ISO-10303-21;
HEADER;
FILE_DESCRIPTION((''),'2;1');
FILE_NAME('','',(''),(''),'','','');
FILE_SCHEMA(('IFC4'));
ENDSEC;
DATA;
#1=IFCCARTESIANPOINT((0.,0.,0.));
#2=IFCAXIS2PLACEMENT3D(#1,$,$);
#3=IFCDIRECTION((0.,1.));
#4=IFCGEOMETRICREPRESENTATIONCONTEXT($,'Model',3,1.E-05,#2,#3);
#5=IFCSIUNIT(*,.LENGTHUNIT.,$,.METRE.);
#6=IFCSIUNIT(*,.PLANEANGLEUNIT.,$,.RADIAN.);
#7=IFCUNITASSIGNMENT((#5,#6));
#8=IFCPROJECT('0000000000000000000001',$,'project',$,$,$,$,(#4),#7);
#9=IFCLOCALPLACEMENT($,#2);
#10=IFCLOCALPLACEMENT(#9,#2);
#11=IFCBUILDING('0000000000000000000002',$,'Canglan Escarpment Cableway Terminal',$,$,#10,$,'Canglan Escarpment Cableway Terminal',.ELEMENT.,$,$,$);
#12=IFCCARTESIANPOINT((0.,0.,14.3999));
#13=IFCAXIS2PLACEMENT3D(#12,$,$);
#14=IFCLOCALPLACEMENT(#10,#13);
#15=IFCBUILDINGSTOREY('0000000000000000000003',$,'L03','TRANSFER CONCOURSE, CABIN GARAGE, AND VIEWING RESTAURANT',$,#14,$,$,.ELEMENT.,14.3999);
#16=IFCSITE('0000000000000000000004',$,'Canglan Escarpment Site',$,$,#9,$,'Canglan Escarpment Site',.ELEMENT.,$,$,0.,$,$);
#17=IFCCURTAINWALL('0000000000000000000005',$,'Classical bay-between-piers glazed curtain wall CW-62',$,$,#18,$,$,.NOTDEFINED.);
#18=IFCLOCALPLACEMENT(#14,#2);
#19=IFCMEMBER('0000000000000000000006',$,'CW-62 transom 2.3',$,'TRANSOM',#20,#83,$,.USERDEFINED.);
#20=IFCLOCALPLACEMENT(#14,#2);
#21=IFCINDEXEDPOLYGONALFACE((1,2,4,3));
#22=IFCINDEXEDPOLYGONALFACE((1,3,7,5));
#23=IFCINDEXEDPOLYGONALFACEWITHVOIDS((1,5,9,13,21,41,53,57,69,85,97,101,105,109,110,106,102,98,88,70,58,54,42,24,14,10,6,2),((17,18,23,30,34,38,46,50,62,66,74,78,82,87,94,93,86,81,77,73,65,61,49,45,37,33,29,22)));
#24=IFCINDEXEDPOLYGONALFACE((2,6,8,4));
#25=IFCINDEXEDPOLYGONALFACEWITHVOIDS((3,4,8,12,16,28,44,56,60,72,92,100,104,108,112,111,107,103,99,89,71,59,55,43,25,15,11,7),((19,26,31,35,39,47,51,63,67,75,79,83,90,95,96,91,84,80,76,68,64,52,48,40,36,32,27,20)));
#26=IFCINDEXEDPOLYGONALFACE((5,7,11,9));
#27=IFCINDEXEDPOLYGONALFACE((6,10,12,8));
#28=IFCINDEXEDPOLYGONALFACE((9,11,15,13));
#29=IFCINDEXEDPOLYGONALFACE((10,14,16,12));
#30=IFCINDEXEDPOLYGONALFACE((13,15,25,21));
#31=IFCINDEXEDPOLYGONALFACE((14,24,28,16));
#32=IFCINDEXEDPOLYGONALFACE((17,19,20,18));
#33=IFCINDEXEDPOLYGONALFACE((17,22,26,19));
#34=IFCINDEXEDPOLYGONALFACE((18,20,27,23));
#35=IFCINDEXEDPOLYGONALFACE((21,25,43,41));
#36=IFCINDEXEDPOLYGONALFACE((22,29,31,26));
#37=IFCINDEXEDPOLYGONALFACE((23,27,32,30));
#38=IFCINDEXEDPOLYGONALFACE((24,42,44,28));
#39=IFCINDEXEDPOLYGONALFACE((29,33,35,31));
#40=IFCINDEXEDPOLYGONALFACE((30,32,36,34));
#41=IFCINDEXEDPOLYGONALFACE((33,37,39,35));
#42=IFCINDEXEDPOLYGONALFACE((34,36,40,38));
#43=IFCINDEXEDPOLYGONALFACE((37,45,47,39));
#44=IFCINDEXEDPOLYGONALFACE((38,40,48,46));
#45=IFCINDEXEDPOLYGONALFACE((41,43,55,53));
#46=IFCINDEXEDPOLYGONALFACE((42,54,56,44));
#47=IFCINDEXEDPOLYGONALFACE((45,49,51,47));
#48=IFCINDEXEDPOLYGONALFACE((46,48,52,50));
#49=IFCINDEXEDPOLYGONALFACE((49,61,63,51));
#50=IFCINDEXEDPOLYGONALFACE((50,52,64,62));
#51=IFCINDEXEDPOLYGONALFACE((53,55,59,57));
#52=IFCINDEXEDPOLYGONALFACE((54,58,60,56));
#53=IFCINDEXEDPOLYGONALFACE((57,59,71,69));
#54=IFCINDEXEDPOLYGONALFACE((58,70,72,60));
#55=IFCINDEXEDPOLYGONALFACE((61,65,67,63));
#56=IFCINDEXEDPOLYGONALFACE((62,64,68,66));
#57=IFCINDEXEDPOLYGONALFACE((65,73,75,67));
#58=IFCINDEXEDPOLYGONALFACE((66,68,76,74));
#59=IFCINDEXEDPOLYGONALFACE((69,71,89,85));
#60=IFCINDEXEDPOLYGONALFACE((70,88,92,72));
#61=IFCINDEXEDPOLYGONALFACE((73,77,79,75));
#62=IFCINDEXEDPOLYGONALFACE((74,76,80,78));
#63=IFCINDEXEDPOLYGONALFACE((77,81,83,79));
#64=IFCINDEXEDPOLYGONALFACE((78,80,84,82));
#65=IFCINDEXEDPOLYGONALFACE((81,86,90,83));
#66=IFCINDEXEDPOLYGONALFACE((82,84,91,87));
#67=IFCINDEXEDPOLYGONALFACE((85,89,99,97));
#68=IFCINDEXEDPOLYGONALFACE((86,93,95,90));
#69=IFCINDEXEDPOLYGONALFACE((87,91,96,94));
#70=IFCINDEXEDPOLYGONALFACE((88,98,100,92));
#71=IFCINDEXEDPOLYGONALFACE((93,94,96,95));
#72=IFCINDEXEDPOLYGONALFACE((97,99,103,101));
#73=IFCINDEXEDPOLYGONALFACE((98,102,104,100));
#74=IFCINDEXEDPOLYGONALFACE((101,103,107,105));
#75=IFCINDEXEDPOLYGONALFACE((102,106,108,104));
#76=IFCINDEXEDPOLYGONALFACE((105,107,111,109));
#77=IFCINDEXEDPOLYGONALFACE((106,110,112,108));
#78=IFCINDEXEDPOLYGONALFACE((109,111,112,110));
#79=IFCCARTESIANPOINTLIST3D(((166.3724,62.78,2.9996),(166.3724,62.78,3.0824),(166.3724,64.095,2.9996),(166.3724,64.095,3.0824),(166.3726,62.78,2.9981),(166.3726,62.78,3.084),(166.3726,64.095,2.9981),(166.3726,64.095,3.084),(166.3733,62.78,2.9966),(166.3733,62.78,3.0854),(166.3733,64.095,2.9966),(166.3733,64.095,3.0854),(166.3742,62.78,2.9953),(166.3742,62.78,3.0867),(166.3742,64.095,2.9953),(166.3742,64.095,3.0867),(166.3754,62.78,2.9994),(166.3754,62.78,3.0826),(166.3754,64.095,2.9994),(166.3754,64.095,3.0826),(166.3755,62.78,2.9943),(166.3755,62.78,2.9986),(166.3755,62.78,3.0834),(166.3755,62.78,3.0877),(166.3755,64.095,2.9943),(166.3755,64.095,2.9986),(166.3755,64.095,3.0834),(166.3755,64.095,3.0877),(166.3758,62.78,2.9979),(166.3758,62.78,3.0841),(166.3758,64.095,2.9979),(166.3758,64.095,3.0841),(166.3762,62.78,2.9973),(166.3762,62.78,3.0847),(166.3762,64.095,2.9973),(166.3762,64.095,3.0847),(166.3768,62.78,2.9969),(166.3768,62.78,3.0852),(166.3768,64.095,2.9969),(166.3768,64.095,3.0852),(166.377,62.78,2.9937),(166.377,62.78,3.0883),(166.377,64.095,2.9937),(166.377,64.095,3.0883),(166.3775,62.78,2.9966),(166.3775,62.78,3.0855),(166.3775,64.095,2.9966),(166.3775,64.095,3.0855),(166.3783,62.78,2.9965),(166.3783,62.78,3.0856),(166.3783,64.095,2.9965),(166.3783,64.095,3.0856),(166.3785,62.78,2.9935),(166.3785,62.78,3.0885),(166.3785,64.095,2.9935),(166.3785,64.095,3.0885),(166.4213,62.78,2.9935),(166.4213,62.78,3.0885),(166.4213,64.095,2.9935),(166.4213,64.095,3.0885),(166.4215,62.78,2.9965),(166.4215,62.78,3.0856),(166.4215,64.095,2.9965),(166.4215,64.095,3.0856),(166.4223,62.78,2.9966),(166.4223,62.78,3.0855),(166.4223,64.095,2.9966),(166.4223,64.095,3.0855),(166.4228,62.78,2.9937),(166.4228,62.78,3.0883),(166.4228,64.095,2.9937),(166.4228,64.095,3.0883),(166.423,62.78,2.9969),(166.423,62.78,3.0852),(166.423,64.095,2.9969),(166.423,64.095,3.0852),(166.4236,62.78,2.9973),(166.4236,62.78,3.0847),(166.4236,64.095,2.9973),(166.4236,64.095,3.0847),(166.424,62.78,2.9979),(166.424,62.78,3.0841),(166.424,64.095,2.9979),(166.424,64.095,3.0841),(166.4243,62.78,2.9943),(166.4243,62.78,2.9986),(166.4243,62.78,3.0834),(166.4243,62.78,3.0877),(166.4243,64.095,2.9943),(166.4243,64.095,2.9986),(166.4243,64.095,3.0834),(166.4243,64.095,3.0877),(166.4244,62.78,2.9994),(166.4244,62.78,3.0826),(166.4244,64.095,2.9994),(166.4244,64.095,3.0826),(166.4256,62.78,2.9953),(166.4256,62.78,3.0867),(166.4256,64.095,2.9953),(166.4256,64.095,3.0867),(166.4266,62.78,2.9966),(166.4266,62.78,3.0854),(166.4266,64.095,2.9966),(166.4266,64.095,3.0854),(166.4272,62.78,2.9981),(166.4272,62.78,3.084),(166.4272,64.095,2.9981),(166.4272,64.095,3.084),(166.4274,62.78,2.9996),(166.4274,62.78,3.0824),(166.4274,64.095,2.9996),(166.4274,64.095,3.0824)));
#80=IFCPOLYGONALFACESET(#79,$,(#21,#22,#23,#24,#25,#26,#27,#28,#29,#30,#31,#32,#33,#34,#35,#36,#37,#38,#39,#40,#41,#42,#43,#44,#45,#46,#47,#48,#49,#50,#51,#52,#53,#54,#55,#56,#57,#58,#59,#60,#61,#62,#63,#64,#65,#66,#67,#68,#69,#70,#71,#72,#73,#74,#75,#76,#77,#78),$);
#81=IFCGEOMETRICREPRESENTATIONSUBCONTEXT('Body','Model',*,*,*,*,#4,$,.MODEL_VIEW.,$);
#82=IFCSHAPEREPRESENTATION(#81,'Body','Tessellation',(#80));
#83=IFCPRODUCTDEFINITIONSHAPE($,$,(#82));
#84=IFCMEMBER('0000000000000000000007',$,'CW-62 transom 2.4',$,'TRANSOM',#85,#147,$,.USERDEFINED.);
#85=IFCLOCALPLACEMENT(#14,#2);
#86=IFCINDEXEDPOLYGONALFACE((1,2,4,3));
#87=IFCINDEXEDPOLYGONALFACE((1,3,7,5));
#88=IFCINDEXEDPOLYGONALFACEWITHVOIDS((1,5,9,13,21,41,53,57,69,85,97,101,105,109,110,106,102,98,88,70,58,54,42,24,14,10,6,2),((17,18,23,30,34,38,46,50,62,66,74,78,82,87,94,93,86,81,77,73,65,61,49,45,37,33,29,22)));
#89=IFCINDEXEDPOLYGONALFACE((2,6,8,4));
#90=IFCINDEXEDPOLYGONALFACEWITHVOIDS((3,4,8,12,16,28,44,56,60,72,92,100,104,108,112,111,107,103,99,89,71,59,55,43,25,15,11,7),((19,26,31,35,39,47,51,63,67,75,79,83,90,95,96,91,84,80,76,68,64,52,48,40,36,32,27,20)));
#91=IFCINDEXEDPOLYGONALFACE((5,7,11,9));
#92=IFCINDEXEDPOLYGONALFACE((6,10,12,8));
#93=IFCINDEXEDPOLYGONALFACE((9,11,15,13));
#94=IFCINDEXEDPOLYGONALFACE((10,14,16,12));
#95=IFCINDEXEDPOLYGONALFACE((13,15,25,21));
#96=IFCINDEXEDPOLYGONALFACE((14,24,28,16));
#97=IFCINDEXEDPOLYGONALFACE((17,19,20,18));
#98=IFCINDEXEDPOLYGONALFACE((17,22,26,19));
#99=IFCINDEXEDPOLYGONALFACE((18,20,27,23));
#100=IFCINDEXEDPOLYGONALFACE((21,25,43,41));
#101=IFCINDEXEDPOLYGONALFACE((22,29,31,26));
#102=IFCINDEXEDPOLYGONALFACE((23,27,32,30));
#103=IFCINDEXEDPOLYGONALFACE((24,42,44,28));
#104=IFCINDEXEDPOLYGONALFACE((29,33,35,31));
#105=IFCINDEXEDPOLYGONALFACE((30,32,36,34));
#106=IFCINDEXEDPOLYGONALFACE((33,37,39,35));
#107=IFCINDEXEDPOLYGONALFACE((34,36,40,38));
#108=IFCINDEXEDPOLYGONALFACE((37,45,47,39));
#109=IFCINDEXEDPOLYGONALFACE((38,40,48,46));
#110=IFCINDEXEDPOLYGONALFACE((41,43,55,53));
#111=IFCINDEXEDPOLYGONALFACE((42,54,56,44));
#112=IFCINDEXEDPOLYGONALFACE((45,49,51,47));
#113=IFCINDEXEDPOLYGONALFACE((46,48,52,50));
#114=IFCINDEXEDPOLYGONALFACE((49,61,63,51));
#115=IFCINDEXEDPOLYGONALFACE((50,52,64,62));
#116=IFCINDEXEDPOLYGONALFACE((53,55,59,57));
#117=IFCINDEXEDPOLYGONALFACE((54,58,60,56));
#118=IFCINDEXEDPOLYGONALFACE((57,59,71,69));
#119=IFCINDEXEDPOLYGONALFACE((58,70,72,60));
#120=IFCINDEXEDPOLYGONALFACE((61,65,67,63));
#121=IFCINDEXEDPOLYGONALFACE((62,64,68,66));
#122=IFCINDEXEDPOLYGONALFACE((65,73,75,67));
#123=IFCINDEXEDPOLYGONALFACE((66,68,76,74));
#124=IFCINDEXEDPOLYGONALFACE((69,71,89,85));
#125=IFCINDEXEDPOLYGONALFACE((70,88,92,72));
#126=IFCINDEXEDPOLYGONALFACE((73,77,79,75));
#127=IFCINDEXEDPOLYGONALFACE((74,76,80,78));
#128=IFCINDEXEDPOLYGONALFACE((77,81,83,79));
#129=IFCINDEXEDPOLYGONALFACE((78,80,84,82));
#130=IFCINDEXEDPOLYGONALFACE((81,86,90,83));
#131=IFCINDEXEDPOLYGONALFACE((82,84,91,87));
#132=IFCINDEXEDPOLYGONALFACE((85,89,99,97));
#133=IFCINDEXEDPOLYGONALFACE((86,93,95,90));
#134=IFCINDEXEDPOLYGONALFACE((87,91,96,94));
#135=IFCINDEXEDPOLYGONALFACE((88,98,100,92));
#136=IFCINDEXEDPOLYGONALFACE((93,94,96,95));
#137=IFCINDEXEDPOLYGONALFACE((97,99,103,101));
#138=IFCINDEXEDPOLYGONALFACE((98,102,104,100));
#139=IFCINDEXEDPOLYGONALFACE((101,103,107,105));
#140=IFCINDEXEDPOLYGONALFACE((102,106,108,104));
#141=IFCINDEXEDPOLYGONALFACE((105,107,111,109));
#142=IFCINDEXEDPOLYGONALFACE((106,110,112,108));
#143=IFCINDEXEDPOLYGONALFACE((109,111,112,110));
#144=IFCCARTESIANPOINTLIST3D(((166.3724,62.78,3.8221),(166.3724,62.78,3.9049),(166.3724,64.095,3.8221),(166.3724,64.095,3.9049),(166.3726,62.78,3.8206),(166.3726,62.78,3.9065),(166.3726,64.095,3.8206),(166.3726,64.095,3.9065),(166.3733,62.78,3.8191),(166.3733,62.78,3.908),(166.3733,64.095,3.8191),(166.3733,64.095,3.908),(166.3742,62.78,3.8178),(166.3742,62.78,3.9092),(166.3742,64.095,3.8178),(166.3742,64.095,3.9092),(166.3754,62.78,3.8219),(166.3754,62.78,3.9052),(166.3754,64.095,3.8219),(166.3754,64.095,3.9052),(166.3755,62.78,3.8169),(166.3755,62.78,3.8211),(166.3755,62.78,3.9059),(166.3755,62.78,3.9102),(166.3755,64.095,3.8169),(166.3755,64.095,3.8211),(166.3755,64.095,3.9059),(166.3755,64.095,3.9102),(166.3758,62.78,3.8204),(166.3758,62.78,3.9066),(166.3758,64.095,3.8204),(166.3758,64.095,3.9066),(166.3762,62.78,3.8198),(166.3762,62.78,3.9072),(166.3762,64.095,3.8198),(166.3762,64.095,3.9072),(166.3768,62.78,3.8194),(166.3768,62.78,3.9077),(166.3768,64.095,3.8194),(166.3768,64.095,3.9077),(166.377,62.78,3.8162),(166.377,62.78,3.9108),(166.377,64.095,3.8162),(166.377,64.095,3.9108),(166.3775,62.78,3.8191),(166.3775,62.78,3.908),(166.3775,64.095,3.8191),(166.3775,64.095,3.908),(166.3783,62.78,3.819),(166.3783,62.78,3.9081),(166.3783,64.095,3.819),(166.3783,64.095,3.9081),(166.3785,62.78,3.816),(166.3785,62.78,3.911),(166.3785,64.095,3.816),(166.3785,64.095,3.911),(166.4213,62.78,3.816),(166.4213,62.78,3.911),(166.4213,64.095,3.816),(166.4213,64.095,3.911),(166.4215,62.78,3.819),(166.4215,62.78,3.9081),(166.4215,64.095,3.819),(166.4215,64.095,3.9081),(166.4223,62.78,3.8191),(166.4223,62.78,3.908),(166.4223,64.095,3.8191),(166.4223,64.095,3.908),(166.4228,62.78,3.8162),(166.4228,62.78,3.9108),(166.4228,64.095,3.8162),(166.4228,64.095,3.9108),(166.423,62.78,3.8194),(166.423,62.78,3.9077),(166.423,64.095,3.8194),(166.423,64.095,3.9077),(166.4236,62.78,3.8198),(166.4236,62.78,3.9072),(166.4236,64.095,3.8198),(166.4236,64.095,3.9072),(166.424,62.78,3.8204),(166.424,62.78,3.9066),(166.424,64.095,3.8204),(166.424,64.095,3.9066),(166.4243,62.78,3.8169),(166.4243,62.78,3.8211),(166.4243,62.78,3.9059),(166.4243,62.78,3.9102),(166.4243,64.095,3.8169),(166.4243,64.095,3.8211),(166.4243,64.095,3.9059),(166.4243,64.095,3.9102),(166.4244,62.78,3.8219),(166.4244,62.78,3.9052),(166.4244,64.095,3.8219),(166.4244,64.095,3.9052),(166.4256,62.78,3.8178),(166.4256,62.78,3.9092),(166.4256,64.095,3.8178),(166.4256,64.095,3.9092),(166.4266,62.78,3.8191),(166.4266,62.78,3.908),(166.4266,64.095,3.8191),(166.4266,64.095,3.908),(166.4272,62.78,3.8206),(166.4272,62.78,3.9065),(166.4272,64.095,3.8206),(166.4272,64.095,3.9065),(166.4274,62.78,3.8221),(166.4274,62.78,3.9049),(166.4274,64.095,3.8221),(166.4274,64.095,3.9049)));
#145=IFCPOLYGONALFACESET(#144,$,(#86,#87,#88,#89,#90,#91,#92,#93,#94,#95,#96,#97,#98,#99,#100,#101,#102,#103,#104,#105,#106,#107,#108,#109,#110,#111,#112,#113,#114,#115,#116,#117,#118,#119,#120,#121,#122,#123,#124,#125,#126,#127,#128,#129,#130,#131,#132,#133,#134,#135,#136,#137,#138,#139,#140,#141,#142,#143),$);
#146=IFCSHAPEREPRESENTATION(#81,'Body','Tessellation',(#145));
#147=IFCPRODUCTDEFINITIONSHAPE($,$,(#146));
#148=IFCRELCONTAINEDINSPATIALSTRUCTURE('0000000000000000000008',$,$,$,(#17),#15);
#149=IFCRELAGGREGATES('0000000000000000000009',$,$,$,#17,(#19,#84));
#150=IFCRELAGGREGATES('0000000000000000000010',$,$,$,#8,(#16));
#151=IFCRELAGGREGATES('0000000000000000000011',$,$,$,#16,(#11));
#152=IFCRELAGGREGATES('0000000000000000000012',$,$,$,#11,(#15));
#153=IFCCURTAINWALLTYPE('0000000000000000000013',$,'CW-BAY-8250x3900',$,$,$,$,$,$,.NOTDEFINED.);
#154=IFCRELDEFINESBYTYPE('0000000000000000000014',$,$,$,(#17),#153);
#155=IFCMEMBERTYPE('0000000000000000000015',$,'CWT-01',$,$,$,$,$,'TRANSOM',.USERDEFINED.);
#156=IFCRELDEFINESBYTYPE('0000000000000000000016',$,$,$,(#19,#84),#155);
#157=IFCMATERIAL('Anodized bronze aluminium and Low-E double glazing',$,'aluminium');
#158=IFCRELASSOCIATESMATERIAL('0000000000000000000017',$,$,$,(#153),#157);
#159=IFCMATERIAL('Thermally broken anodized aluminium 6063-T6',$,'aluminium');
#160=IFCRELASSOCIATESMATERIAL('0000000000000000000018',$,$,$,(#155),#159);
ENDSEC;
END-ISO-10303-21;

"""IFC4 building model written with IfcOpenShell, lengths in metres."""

from ifc_helpers import new_model, si_unit, direction, frame, origin, origin_2d, place, context, subcontext, project, spatial, hollow_rectangle, extrude, material, material_profile, profile_set, type_object, element, aggregate, save


model = new_model("IFC4")

# Units and contexts
model_context = context("Model", 3, precision=1e-05, world=origin(), true_north=direction((0.0, 1.0)))
body_context = subcontext(model_context, "Body", "Model", "MODEL_VIEW")
ifc_project = project(units=[si_unit("LENGTHUNIT", "METRE"), si_unit("PLANEANGLEUNIT", "RADIAN")], contexts=[model_context])

# Site, building, storey
site_placement = place(None, origin())
site = spatial("IfcSite", under=ifc_project, at=site_placement, Name="Canglan Escarpment Site", LongName="Canglan Escarpment Site", CompositionType="ELEMENT", RefElevation=0.0)
building_placement = place(site_placement, origin())
building = spatial("IfcBuilding", under=site, at=building_placement, Name="Canglan Escarpment Cableway Terminal", LongName="Canglan Escarpment Cableway Terminal", CompositionType="ELEMENT")
storey_placement = place(building_placement, frame((0.0, 0.0, 14.3999)))
storey = spatial("IfcBuildingStorey", under=building, at=storey_placement, Name="L03", Description="TRANSFER CONCOURSE, CABIN GARAGE, AND VIEWING RESTAURANT", CompositionType="ELEMENT", Elevation=14.3999)

# Curtain wall, members
ifc_material_1 = material(Name="Anodized bronze aluminium and Low-E double glazing", Category="aluminium")
curtain_wall_type = type_object("IfcCurtainWallType", Name="CW-BAY-8250x3900", PredefinedType="NOTDEFINED", material=ifc_material_1)
curtain_wall_placement = place(storey_placement, origin())
curtain_wall = element("IfcCurtainWall", 1, at=curtain_wall_placement, inside=storey, type_object=curtain_wall_type, Name="Classical bay-between-piers glazed curtain wall CW-62", PredefinedType="NOTDEFINED")
ifc_material_2 = material(Name="Thermally broken anodized aluminium 6063-T6", Category="aluminium")
ifc_material_profile_1 = material_profile(ifc_material_2, hollow_rectangle(XDim=0.0549, YDim=0.095, WallThickness=0.0029, InnerFilletRadius=0.0029, OuterFilletRadius=0.0061, at=origin_2d()), Name="ALU-TRAN 55x95x3")
ifc_profile_set_1 = profile_set([ifc_material_profile_1], Name="Thermally broken anodized aluminium 6063-T6")
member_type_1 = type_object("IfcMemberType", Name="CWT-01", ElementType="TRANSOM", PredefinedType="USERDEFINED", material=ifc_profile_set_1)
member_1_placement = place(storey_placement, frame((166.3999, 62.78, 3.041), z_axis=(0.0, 1.0, 0.0), x_axis=(-1.0, 0.0, 0.0)))
member_1 = element("IfcMember", 2, at=member_1_placement, type_object=member_type_1, Name="CW-62 transom 2.3", ObjectType="TRANSOM", PredefinedType="USERDEFINED", context=body_context, shape_type="SweptSolid", body=[
    extrude(hollow_rectangle(XDim=0.0549, YDim=0.095, WallThickness=0.0029, InnerFilletRadius=0.0029, OuterFilletRadius=0.0061, at=origin_2d()), origin(), (0.0, 0.0, 1.0), 1.3149),
])
member_2_placement = place(storey_placement, frame((166.3999, 62.78, 3.8635), z_axis=(0.0, 1.0, 0.0), x_axis=(-1.0, 0.0, 0.0)))
member_2 = element("IfcMember", 3, at=member_2_placement, type_object=member_type_1, Name="CW-62 transom 2.4", ObjectType="TRANSOM", PredefinedType="USERDEFINED", context=body_context, shape_type="SweptSolid", body=[
    extrude(hollow_rectangle(XDim=0.0549, YDim=0.095, WallThickness=0.0029, InnerFilletRadius=0.0029, OuterFilletRadius=0.0061, at=origin_2d()), origin(), (0.0, 0.0, 1.0), 1.3149),
])

aggregate(curtain_wall, [member_1, member_2])

save(model, "model.ifc")
